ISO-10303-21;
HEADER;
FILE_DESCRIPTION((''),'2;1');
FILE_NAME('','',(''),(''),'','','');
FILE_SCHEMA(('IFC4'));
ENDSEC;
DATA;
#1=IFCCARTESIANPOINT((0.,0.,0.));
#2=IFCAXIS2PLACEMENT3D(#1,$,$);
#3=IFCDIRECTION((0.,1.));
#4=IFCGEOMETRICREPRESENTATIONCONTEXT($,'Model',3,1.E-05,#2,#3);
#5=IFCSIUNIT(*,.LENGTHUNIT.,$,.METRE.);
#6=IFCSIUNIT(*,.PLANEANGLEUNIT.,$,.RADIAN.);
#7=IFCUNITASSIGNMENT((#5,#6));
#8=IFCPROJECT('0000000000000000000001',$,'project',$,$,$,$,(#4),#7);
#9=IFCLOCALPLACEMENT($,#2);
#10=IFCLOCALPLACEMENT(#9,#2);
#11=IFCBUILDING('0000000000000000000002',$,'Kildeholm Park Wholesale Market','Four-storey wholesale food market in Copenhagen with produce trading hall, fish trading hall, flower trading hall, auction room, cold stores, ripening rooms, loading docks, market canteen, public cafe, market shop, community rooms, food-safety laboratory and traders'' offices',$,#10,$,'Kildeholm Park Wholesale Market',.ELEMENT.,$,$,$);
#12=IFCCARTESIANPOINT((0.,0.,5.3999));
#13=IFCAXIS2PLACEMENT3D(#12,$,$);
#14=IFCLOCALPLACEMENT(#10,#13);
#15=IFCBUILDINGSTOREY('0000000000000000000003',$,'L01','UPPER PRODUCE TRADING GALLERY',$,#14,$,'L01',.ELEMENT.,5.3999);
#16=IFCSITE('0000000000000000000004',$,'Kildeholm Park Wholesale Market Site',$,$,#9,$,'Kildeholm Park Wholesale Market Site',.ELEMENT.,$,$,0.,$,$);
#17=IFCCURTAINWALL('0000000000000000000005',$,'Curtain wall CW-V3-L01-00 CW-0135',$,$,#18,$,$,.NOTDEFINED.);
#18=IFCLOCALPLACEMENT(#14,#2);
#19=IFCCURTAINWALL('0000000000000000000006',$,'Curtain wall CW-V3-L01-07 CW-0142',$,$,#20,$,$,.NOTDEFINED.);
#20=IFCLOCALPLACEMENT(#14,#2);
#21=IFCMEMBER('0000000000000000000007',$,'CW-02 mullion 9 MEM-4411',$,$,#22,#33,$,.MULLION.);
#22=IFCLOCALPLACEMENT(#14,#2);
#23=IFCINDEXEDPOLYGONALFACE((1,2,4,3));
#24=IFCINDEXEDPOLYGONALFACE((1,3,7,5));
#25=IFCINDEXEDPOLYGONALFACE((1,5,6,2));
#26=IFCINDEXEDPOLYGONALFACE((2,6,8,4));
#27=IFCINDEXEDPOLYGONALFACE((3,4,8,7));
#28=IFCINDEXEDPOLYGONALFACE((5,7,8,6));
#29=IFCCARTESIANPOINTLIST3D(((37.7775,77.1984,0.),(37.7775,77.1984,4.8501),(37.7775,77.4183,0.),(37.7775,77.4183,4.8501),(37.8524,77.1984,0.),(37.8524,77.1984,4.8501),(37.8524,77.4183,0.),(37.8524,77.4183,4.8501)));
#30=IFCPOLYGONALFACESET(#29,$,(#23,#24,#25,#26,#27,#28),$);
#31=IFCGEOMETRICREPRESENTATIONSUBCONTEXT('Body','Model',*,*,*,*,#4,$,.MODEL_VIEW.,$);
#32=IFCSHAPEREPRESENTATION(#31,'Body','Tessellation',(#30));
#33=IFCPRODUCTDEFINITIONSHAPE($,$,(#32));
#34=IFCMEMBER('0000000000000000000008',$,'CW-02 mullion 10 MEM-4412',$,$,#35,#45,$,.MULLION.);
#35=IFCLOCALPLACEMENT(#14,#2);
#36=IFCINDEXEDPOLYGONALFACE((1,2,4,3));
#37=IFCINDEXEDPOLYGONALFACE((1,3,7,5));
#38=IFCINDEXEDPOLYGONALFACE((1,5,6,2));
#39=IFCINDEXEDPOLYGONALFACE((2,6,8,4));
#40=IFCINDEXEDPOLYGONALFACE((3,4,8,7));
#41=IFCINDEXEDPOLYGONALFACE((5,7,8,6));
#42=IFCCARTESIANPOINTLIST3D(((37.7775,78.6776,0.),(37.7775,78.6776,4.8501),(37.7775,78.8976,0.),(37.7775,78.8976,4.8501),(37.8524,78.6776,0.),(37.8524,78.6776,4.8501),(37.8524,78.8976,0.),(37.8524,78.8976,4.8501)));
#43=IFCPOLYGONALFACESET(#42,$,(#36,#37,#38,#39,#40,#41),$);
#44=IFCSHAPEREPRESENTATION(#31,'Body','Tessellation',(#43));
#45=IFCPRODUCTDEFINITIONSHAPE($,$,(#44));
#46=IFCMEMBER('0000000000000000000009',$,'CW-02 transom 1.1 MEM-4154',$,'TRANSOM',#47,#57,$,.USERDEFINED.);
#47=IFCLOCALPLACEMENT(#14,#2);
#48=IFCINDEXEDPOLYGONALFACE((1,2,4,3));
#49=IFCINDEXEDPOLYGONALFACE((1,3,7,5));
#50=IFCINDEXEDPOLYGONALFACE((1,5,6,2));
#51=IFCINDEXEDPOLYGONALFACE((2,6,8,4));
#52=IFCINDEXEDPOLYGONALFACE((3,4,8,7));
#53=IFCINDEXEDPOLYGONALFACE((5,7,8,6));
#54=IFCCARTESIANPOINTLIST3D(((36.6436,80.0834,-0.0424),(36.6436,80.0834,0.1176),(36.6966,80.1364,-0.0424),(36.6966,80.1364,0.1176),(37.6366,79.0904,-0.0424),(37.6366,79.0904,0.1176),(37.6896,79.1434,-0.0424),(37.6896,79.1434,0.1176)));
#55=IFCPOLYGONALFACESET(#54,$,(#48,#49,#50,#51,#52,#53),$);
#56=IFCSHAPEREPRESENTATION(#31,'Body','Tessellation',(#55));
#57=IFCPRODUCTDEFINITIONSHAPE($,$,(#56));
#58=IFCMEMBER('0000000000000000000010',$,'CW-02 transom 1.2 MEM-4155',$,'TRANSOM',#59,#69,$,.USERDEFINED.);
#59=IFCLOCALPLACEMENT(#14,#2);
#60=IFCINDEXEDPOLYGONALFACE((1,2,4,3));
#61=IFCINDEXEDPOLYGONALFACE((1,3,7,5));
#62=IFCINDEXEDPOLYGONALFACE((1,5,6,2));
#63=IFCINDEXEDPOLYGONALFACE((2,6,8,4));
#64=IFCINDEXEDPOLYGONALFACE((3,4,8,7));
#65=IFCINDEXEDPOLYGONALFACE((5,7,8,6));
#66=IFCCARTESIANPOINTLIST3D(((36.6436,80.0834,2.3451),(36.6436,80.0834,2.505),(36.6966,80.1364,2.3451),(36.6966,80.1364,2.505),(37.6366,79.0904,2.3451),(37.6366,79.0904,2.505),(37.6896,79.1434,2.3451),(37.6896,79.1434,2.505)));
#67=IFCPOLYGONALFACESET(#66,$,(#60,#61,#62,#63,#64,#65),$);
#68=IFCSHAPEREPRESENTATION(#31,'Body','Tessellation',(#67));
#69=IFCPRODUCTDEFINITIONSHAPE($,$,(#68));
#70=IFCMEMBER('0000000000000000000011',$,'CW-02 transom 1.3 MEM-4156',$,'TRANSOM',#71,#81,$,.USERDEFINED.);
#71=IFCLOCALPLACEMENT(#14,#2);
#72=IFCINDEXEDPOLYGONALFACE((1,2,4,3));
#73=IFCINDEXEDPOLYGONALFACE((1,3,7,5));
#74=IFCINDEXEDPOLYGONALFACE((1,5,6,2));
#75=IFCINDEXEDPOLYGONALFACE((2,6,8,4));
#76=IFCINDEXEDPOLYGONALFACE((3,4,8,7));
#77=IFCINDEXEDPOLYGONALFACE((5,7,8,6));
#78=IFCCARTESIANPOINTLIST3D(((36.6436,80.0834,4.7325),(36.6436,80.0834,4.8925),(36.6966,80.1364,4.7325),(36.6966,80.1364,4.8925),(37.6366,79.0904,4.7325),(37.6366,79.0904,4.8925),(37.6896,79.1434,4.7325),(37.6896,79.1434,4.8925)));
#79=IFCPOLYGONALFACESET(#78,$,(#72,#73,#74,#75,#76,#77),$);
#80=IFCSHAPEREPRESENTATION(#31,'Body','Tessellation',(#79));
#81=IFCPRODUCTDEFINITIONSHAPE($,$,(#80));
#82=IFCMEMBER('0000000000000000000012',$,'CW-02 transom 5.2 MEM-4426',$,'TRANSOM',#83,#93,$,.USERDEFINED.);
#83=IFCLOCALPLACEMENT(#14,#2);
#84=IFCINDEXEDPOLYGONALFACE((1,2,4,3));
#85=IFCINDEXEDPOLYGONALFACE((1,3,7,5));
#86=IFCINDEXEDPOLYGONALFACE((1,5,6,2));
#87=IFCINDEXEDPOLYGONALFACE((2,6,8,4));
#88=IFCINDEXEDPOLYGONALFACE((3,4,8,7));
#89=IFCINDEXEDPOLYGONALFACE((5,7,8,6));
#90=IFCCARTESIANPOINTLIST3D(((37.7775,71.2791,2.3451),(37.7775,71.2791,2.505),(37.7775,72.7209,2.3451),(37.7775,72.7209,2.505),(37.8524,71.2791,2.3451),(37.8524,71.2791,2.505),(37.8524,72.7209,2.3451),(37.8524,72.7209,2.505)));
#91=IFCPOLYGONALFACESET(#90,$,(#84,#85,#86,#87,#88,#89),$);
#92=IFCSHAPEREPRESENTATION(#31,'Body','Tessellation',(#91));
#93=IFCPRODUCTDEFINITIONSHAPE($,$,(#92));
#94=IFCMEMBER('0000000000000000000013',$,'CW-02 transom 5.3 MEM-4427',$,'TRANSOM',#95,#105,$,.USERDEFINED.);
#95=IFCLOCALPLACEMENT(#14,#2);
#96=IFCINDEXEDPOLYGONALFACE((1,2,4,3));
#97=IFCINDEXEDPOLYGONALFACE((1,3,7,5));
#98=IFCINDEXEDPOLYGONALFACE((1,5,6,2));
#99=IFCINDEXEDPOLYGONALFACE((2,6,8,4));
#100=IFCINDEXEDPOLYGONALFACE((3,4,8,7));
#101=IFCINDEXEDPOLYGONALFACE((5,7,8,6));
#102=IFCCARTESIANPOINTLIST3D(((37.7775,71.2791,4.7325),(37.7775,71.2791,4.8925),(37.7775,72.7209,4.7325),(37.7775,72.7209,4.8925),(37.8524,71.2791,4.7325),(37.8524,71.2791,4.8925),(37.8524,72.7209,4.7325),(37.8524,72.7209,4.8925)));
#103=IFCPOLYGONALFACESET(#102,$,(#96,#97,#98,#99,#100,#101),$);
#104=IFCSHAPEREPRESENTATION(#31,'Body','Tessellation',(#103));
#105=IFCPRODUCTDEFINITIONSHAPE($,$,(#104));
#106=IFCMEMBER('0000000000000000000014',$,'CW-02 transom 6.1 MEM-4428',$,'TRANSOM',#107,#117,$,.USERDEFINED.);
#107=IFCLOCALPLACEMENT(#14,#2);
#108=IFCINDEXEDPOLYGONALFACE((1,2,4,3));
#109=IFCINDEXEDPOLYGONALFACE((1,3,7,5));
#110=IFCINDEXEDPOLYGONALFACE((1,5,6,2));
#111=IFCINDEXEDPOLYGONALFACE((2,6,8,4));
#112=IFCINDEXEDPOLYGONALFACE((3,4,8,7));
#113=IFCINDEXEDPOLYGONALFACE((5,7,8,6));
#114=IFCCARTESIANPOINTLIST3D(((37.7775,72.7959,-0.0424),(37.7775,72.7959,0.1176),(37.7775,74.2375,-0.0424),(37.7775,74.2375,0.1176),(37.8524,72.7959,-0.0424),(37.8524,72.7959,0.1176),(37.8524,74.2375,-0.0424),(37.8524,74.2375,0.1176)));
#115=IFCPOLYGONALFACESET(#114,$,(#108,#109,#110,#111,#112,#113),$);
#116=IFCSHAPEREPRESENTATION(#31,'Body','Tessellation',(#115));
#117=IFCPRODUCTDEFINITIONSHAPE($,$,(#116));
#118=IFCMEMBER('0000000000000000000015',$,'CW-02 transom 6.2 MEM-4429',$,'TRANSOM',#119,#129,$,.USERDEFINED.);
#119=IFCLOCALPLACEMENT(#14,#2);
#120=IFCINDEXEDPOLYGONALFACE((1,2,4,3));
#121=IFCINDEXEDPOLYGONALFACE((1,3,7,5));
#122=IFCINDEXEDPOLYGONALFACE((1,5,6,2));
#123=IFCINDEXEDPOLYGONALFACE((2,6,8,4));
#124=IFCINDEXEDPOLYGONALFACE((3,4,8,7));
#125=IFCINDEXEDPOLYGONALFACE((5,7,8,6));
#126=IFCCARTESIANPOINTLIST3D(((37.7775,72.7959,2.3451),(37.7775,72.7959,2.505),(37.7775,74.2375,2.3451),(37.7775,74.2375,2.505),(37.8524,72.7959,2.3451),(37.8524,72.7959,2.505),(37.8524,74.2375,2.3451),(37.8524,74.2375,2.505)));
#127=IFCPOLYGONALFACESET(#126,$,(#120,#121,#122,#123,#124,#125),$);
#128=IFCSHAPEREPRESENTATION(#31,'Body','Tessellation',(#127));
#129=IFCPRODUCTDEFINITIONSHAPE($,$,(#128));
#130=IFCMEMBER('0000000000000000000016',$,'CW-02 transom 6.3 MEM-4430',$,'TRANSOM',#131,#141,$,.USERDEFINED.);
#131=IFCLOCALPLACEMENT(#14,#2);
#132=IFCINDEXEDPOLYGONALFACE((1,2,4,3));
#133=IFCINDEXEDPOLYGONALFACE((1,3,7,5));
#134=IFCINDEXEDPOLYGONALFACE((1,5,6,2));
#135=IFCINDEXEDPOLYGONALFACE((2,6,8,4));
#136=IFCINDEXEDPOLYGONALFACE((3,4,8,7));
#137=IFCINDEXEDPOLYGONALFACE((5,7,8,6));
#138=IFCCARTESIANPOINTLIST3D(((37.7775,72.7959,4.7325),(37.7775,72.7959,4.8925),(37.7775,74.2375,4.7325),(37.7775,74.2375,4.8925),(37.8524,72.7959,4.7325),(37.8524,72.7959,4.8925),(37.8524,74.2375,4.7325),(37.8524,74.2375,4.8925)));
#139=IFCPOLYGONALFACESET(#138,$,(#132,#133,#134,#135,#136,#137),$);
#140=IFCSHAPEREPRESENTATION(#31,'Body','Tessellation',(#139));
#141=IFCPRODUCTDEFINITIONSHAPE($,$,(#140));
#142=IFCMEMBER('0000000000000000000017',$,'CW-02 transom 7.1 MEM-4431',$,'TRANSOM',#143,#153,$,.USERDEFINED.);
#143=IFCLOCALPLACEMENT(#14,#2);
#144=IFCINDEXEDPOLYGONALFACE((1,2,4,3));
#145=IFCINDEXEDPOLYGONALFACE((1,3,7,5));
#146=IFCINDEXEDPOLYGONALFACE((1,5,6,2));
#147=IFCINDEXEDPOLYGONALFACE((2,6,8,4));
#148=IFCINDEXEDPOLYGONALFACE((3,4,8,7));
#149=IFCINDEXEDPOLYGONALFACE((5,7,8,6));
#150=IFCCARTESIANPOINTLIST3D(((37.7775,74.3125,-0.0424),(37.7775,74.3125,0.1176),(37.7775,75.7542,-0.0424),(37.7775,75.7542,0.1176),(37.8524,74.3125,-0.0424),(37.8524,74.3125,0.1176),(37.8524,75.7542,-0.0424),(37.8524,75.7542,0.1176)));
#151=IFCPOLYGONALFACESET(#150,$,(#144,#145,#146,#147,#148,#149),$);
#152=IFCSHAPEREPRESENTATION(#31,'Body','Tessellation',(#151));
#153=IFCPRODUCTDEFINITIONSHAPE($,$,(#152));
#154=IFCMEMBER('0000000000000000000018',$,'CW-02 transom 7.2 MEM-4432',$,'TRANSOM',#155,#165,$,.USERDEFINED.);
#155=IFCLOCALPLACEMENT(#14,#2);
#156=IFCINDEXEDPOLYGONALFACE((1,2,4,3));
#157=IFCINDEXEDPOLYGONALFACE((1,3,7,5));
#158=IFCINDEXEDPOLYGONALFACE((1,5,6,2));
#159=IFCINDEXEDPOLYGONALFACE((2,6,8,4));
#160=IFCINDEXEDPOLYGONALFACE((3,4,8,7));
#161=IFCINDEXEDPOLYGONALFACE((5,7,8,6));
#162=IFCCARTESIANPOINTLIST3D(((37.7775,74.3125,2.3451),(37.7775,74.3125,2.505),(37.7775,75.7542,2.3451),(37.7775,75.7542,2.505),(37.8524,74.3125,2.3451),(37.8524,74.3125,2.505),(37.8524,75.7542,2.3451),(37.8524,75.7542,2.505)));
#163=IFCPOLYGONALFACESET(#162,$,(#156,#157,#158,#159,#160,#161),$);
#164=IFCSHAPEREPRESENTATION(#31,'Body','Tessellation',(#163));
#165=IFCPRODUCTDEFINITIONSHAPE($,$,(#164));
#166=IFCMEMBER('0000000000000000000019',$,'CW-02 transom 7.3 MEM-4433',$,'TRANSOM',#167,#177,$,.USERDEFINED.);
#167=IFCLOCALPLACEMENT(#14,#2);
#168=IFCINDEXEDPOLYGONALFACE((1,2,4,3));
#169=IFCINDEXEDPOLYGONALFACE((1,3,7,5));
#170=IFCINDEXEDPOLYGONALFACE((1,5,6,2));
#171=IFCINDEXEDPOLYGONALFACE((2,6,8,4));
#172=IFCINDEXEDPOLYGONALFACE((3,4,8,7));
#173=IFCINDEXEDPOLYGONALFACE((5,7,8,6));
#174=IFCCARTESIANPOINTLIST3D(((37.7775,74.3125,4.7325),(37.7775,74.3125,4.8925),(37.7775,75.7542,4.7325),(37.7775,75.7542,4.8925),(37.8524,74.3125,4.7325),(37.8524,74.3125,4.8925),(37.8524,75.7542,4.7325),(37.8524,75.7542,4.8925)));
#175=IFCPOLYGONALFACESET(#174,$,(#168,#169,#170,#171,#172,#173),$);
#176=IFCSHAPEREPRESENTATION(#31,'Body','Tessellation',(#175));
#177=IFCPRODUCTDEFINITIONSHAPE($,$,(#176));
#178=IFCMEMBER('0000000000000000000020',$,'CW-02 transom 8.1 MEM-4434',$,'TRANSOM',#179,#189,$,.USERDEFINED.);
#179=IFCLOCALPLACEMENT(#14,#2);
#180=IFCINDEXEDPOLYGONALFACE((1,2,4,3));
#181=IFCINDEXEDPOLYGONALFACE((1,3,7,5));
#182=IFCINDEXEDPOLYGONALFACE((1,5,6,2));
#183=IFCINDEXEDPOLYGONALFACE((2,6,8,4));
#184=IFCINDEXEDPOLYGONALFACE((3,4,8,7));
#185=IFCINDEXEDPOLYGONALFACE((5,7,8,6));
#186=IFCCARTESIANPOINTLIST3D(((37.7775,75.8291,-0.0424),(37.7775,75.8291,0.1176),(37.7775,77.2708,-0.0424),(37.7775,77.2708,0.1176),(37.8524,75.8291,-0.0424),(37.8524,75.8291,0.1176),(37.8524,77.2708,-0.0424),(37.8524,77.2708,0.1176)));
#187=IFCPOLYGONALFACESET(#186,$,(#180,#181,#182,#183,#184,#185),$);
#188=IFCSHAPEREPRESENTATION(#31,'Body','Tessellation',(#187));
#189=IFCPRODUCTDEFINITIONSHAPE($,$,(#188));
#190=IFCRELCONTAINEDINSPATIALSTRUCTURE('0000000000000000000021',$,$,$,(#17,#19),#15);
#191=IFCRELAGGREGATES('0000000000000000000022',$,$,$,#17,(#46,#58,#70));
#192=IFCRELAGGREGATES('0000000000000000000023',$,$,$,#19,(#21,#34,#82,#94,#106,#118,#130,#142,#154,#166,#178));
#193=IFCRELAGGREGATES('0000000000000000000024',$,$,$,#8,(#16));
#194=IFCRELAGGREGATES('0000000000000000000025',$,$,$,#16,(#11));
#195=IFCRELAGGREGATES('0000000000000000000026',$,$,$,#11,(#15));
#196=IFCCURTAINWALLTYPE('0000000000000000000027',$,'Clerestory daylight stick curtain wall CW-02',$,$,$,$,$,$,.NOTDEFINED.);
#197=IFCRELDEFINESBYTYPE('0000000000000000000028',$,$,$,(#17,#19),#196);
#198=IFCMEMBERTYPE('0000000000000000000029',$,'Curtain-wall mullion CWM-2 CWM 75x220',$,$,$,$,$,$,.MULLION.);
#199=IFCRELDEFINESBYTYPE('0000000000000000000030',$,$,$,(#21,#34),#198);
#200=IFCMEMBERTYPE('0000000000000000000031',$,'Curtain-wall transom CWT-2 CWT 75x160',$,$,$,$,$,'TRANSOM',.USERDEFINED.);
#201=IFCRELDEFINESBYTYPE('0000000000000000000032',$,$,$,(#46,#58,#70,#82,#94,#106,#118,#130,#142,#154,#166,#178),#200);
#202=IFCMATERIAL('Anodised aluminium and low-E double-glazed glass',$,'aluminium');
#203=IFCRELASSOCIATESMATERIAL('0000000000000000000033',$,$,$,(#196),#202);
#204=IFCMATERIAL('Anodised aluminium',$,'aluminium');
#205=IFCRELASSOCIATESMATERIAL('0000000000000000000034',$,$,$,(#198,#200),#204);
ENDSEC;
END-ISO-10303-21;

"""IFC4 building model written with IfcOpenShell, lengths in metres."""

from ifc_helpers import new_model, si_unit, direction, frame, origin, origin_2d, place, context, subcontext, project, spatial, rectangle, extrude, material, material_profile, profile_set, type_object, element, aggregate, save


model = new_model("IFC4")

# Units and contexts
model_context = context("Model", 3, precision=1e-05, world=origin(), true_north=direction((0.0, 1.0)))
body_context = subcontext(model_context, "Body", "Model", "MODEL_VIEW")
ifc_project = project(units=[si_unit("LENGTHUNIT", "METRE"), si_unit("PLANEANGLEUNIT", "RADIAN")], contexts=[model_context])

# Site, building, storey
site_placement = place(None, origin())
site = spatial("IfcSite", under=ifc_project, at=site_placement, Name="Kildeholm Park Wholesale Market Site", LongName="Kildeholm Park Wholesale Market Site", CompositionType="ELEMENT", RefElevation=0.0)
building_placement = place(site_placement, origin())
building = spatial("IfcBuilding", under=site, at=building_placement, Name="Kildeholm Park Wholesale Market", Description="Four-storey wholesale food market in Copenhagen with produce trading hall, fish trading hall, flower trading hall, auction room, cold stores, ripening rooms, loading docks, market canteen, public cafe, market shop, community rooms, food-safety laboratory and traders' offices", LongName="Kildeholm Park Wholesale Market", CompositionType="ELEMENT")
storey_placement = place(building_placement, frame((0.0, 0.0, 5.3999)))
storey = spatial("IfcBuildingStorey", under=building, at=storey_placement, Name="L01", Description="UPPER PRODUCE TRADING GALLERY", LongName="L01", CompositionType="ELEMENT", Elevation=5.3999)

# Curtain wall
ifc_material_1 = material(Name="Anodised aluminium and low-E double-glazed glass", Category="aluminium")
curtain_wall_type_1 = type_object("IfcCurtainWallType", Name="Clerestory daylight stick curtain wall CW-02", PredefinedType="NOTDEFINED", material=ifc_material_1)
curtain_wall_1_placement = place(storey_placement, origin())
curtain_wall_1 = element("IfcCurtainWall", 1, at=curtain_wall_1_placement, inside=storey, type_object=curtain_wall_type_1, Name="Curtain wall CW-V3-L01-00 CW-0135", PredefinedType="NOTDEFINED")
ifc_material_2 = material(Name="Anodised aluminium", Category="aluminium")
ifc_material_profile_1 = material_profile(ifc_material_2, rectangle(XDim=0.075, YDim=0.22, at=origin_2d()), Name="CWM 75x220")
ifc_profile_set_1 = profile_set([ifc_material_profile_1], Name="Anodised aluminium")
member_type_1 = type_object("IfcMemberType", Name="Curtain-wall mullion CWM-2 CWM 75x220", PredefinedType="MULLION", material=ifc_profile_set_1)

# Curtain wall, members
curtain_wall_2_placement = place(storey_placement, origin())
curtain_wall_2 = element("IfcCurtainWall", 2, at=curtain_wall_2_placement, inside=storey, type_object=curtain_wall_type_1, Name="Curtain wall CW-V3-L01-07 CW-0142", PredefinedType="NOTDEFINED")
member_1_placement = place(storey_placement, frame((37.8149, 77.3083, 0.0), z_axis=(0.0, 0.0, 1.0), x_axis=(-1.0, 0.0, 0.0)))
member_1 = element("IfcMember", 3, at=member_1_placement, type_object=member_type_1, Name="CW-02 mullion 9 MEM-4411", PredefinedType="MULLION", context=body_context, shape_type="SweptSolid", body=[
    extrude(rectangle(XDim=0.075, YDim=0.22, at=origin_2d()), origin(), (0.0, 0.0, 1.0), 4.8501),
])
member_2_placement = place(storey_placement, frame((37.8149, 78.7876, 0.0), z_axis=(0.0, 0.0, 1.0), x_axis=(-1.0, 0.0, 0.0)))
member_2 = element("IfcMember", 4, at=member_2_placement, type_object=member_type_1, Name="CW-02 mullion 10 MEM-4412", PredefinedType="MULLION", context=body_context, shape_type="SweptSolid", body=[
    extrude(rectangle(XDim=0.075, YDim=0.22, at=origin_2d()), origin(), (0.0, 0.0, 1.0), 4.8501),
])

# Members
ifc_material_profile_2 = material_profile(ifc_material_2, rectangle(XDim=0.075, YDim=0.1599, at=origin_2d()), Name="CWT 75x160")
ifc_profile_set_2 = profile_set([ifc_material_profile_2], Name="Anodised aluminium")
member_type_2 = type_object("IfcMemberType", Name="Curtain-wall transom CWT-2 CWT 75x160", ElementType="TRANSOM", PredefinedType="USERDEFINED", material=ifc_profile_set_2)
member_3_placement = place(storey_placement, frame((37.6631, 79.1169, 0.0376), z_axis=(-0.707107, 0.707107, 0.0), x_axis=(-0.707107, -0.707107, 0.0)))
member_3 = element("IfcMember", 5, at=member_3_placement, type_object=member_type_2, Name="CW-02 transom 1.1 MEM-4154", ObjectType="TRANSOM", PredefinedType="USERDEFINED", context=body_context, shape_type="SweptSolid", body=[
    extrude(rectangle(XDim=0.075, YDim=0.1599, at=origin_2d()), origin(), (0.0, 0.0, 1.0), 1.4043),
])
member_4_placement = place(storey_placement, frame((37.6631, 79.1169, 2.425), z_axis=(-0.707107, 0.707107, 0.0), x_axis=(-0.707107, -0.707107, 0.0)))
member_4 = element("IfcMember", 6, at=member_4_placement, type_object=member_type_2, Name="CW-02 transom 1.2 MEM-4155", ObjectType="TRANSOM", PredefinedType="USERDEFINED", context=body_context, shape_type="SweptSolid", body=[
    extrude(rectangle(XDim=0.075, YDim=0.1599, at=origin_2d()), origin(), (0.0, 0.0, 1.0), 1.4043),
])
member_5_placement = place(storey_placement, frame((37.6631, 79.1169, 4.8125), z_axis=(-0.707107, 0.707107, 0.0), x_axis=(-0.707107, -0.707107, 0.0)))
member_5 = element("IfcMember", 7, at=member_5_placement, type_object=member_type_2, Name="CW-02 transom 1.3 MEM-4156", ObjectType="TRANSOM", PredefinedType="USERDEFINED", context=body_context, shape_type="SweptSolid", body=[
    extrude(rectangle(XDim=0.075, YDim=0.1599, at=origin_2d()), origin(), (0.0, 0.0, 1.0), 1.4043),
])
member_6_placement = place(storey_placement, frame((37.8149, 71.2791, 2.425), z_axis=(0.0, 1.0, 0.0), x_axis=(-1.0, 0.0, 0.0)))
member_6 = element("IfcMember", 8, at=member_6_placement, type_object=member_type_2, Name="CW-02 transom 5.2 MEM-4426", ObjectType="TRANSOM", PredefinedType="USERDEFINED", context=body_context, shape_type="SweptSolid", body=[
    extrude(rectangle(XDim=0.075, YDim=0.1599, at=origin_2d()), origin(), (0.0, 0.0, 1.0), 1.4419),
])
member_7_placement = place(storey_placement, frame((37.8149, 71.2791, 4.8125), z_axis=(0.0, 1.0, 0.0), x_axis=(-1.0, 0.0, 0.0)))
member_7 = element("IfcMember", 9, at=member_7_placement, type_object=member_type_2, Name="CW-02 transom 5.3 MEM-4427", ObjectType="TRANSOM", PredefinedType="USERDEFINED", context=body_context, shape_type="SweptSolid", body=[
    extrude(rectangle(XDim=0.075, YDim=0.1599, at=origin_2d()), origin(), (0.0, 0.0, 1.0), 1.4419),
])
member_8_placement = place(storey_placement, frame((37.8149, 72.7959, 0.0376), z_axis=(0.0, 1.0, 0.0), x_axis=(-1.0, 0.0, 0.0)))
member_8 = element("IfcMember", 10, at=member_8_placement, type_object=member_type_2, Name="CW-02 transom 6.1 MEM-4428", ObjectType="TRANSOM", PredefinedType="USERDEFINED", context=body_context, shape_type="SweptSolid", body=[
    extrude(rectangle(XDim=0.075, YDim=0.1599, at=origin_2d()), origin(), (0.0, 0.0, 1.0), 1.4417),
])
member_9_placement = place(storey_placement, frame((37.8149, 72.7959, 2.425), z_axis=(0.0, 1.0, 0.0), x_axis=(-1.0, 0.0, 0.0)))
member_9 = element("IfcMember", 11, at=member_9_placement, type_object=member_type_2, Name="CW-02 transom 6.2 MEM-4429", ObjectType="TRANSOM", PredefinedType="USERDEFINED", context=body_context, shape_type="SweptSolid", body=[
    extrude(rectangle(XDim=0.075, YDim=0.1599, at=origin_2d()), origin(), (0.0, 0.0, 1.0), 1.4417),
])
member_10_placement = place(storey_placement, frame((37.8149, 72.7959, 4.8125), z_axis=(0.0, 1.0, 0.0), x_axis=(-1.0, 0.0, 0.0)))
member_10 = element("IfcMember", 12, at=member_10_placement, type_object=member_type_2, Name="CW-02 transom 6.3 MEM-4430", ObjectType="TRANSOM", PredefinedType="USERDEFINED", context=body_context, shape_type="SweptSolid", body=[
    extrude(rectangle(XDim=0.075, YDim=0.1599, at=origin_2d()), origin(), (0.0, 0.0, 1.0), 1.4417),
])
member_11_placement = place(storey_placement, frame((37.8149, 74.3125, 0.0376), z_axis=(0.0, 1.0, 0.0), x_axis=(-1.0, 0.0, 0.0)))
member_11 = element("IfcMember", 13, at=member_11_placement, type_object=member_type_2, Name="CW-02 transom 7.1 MEM-4431", ObjectType="TRANSOM", PredefinedType="USERDEFINED", context=body_context, shape_type="SweptSolid", body=[
    extrude(rectangle(XDim=0.075, YDim=0.1599, at=origin_2d()), origin(), (0.0, 0.0, 1.0), 1.4417),
])
member_12_placement = place(storey_placement, frame((37.8149, 74.3125, 2.425), z_axis=(0.0, 1.0, 0.0), x_axis=(-1.0, 0.0, 0.0)))
member_12 = element("IfcMember", 14, at=member_12_placement, type_object=member_type_2, Name="CW-02 transom 7.2 MEM-4432", ObjectType="TRANSOM", PredefinedType="USERDEFINED", context=body_context, shape_type="SweptSolid", body=[
    extrude(rectangle(XDim=0.075, YDim=0.1599, at=origin_2d()), origin(), (0.0, 0.0, 1.0), 1.4417),
])
member_13_placement = place(storey_placement, frame((37.8149, 74.3125, 4.8125), z_axis=(0.0, 1.0, 0.0), x_axis=(-1.0, 0.0, 0.0)))
member_13 = element("IfcMember", 15, at=member_13_placement, type_object=member_type_2, Name="CW-02 transom 7.3 MEM-4433", ObjectType="TRANSOM", PredefinedType="USERDEFINED", context=body_context, shape_type="SweptSolid", body=[
    extrude(rectangle(XDim=0.075, YDim=0.1599, at=origin_2d()), origin(), (0.0, 0.0, 1.0), 1.4417),
])
member_14_placement = place(storey_placement, frame((37.8149, 75.8291, 0.0376), z_axis=(0.0, 1.0, 0.0), x_axis=(-1.0, 0.0, 0.0)))
member_14 = element("IfcMember", 16, at=member_14_placement, type_object=member_type_2, Name="CW-02 transom 8.1 MEM-4434", ObjectType="TRANSOM", PredefinedType="USERDEFINED", context=body_context, shape_type="SweptSolid", body=[
    extrude(rectangle(XDim=0.075, YDim=0.1599, at=origin_2d()), origin(), (0.0, 0.0, 1.0), 1.4417),
])

aggregate(curtain_wall_1, [member_3, member_4, member_5])
aggregate(curtain_wall_2, [member_1, member_2, member_6, member_7, member_8, member_9, member_10, member_11, member_12, member_13, member_14])

save(model, "model.ifc")
